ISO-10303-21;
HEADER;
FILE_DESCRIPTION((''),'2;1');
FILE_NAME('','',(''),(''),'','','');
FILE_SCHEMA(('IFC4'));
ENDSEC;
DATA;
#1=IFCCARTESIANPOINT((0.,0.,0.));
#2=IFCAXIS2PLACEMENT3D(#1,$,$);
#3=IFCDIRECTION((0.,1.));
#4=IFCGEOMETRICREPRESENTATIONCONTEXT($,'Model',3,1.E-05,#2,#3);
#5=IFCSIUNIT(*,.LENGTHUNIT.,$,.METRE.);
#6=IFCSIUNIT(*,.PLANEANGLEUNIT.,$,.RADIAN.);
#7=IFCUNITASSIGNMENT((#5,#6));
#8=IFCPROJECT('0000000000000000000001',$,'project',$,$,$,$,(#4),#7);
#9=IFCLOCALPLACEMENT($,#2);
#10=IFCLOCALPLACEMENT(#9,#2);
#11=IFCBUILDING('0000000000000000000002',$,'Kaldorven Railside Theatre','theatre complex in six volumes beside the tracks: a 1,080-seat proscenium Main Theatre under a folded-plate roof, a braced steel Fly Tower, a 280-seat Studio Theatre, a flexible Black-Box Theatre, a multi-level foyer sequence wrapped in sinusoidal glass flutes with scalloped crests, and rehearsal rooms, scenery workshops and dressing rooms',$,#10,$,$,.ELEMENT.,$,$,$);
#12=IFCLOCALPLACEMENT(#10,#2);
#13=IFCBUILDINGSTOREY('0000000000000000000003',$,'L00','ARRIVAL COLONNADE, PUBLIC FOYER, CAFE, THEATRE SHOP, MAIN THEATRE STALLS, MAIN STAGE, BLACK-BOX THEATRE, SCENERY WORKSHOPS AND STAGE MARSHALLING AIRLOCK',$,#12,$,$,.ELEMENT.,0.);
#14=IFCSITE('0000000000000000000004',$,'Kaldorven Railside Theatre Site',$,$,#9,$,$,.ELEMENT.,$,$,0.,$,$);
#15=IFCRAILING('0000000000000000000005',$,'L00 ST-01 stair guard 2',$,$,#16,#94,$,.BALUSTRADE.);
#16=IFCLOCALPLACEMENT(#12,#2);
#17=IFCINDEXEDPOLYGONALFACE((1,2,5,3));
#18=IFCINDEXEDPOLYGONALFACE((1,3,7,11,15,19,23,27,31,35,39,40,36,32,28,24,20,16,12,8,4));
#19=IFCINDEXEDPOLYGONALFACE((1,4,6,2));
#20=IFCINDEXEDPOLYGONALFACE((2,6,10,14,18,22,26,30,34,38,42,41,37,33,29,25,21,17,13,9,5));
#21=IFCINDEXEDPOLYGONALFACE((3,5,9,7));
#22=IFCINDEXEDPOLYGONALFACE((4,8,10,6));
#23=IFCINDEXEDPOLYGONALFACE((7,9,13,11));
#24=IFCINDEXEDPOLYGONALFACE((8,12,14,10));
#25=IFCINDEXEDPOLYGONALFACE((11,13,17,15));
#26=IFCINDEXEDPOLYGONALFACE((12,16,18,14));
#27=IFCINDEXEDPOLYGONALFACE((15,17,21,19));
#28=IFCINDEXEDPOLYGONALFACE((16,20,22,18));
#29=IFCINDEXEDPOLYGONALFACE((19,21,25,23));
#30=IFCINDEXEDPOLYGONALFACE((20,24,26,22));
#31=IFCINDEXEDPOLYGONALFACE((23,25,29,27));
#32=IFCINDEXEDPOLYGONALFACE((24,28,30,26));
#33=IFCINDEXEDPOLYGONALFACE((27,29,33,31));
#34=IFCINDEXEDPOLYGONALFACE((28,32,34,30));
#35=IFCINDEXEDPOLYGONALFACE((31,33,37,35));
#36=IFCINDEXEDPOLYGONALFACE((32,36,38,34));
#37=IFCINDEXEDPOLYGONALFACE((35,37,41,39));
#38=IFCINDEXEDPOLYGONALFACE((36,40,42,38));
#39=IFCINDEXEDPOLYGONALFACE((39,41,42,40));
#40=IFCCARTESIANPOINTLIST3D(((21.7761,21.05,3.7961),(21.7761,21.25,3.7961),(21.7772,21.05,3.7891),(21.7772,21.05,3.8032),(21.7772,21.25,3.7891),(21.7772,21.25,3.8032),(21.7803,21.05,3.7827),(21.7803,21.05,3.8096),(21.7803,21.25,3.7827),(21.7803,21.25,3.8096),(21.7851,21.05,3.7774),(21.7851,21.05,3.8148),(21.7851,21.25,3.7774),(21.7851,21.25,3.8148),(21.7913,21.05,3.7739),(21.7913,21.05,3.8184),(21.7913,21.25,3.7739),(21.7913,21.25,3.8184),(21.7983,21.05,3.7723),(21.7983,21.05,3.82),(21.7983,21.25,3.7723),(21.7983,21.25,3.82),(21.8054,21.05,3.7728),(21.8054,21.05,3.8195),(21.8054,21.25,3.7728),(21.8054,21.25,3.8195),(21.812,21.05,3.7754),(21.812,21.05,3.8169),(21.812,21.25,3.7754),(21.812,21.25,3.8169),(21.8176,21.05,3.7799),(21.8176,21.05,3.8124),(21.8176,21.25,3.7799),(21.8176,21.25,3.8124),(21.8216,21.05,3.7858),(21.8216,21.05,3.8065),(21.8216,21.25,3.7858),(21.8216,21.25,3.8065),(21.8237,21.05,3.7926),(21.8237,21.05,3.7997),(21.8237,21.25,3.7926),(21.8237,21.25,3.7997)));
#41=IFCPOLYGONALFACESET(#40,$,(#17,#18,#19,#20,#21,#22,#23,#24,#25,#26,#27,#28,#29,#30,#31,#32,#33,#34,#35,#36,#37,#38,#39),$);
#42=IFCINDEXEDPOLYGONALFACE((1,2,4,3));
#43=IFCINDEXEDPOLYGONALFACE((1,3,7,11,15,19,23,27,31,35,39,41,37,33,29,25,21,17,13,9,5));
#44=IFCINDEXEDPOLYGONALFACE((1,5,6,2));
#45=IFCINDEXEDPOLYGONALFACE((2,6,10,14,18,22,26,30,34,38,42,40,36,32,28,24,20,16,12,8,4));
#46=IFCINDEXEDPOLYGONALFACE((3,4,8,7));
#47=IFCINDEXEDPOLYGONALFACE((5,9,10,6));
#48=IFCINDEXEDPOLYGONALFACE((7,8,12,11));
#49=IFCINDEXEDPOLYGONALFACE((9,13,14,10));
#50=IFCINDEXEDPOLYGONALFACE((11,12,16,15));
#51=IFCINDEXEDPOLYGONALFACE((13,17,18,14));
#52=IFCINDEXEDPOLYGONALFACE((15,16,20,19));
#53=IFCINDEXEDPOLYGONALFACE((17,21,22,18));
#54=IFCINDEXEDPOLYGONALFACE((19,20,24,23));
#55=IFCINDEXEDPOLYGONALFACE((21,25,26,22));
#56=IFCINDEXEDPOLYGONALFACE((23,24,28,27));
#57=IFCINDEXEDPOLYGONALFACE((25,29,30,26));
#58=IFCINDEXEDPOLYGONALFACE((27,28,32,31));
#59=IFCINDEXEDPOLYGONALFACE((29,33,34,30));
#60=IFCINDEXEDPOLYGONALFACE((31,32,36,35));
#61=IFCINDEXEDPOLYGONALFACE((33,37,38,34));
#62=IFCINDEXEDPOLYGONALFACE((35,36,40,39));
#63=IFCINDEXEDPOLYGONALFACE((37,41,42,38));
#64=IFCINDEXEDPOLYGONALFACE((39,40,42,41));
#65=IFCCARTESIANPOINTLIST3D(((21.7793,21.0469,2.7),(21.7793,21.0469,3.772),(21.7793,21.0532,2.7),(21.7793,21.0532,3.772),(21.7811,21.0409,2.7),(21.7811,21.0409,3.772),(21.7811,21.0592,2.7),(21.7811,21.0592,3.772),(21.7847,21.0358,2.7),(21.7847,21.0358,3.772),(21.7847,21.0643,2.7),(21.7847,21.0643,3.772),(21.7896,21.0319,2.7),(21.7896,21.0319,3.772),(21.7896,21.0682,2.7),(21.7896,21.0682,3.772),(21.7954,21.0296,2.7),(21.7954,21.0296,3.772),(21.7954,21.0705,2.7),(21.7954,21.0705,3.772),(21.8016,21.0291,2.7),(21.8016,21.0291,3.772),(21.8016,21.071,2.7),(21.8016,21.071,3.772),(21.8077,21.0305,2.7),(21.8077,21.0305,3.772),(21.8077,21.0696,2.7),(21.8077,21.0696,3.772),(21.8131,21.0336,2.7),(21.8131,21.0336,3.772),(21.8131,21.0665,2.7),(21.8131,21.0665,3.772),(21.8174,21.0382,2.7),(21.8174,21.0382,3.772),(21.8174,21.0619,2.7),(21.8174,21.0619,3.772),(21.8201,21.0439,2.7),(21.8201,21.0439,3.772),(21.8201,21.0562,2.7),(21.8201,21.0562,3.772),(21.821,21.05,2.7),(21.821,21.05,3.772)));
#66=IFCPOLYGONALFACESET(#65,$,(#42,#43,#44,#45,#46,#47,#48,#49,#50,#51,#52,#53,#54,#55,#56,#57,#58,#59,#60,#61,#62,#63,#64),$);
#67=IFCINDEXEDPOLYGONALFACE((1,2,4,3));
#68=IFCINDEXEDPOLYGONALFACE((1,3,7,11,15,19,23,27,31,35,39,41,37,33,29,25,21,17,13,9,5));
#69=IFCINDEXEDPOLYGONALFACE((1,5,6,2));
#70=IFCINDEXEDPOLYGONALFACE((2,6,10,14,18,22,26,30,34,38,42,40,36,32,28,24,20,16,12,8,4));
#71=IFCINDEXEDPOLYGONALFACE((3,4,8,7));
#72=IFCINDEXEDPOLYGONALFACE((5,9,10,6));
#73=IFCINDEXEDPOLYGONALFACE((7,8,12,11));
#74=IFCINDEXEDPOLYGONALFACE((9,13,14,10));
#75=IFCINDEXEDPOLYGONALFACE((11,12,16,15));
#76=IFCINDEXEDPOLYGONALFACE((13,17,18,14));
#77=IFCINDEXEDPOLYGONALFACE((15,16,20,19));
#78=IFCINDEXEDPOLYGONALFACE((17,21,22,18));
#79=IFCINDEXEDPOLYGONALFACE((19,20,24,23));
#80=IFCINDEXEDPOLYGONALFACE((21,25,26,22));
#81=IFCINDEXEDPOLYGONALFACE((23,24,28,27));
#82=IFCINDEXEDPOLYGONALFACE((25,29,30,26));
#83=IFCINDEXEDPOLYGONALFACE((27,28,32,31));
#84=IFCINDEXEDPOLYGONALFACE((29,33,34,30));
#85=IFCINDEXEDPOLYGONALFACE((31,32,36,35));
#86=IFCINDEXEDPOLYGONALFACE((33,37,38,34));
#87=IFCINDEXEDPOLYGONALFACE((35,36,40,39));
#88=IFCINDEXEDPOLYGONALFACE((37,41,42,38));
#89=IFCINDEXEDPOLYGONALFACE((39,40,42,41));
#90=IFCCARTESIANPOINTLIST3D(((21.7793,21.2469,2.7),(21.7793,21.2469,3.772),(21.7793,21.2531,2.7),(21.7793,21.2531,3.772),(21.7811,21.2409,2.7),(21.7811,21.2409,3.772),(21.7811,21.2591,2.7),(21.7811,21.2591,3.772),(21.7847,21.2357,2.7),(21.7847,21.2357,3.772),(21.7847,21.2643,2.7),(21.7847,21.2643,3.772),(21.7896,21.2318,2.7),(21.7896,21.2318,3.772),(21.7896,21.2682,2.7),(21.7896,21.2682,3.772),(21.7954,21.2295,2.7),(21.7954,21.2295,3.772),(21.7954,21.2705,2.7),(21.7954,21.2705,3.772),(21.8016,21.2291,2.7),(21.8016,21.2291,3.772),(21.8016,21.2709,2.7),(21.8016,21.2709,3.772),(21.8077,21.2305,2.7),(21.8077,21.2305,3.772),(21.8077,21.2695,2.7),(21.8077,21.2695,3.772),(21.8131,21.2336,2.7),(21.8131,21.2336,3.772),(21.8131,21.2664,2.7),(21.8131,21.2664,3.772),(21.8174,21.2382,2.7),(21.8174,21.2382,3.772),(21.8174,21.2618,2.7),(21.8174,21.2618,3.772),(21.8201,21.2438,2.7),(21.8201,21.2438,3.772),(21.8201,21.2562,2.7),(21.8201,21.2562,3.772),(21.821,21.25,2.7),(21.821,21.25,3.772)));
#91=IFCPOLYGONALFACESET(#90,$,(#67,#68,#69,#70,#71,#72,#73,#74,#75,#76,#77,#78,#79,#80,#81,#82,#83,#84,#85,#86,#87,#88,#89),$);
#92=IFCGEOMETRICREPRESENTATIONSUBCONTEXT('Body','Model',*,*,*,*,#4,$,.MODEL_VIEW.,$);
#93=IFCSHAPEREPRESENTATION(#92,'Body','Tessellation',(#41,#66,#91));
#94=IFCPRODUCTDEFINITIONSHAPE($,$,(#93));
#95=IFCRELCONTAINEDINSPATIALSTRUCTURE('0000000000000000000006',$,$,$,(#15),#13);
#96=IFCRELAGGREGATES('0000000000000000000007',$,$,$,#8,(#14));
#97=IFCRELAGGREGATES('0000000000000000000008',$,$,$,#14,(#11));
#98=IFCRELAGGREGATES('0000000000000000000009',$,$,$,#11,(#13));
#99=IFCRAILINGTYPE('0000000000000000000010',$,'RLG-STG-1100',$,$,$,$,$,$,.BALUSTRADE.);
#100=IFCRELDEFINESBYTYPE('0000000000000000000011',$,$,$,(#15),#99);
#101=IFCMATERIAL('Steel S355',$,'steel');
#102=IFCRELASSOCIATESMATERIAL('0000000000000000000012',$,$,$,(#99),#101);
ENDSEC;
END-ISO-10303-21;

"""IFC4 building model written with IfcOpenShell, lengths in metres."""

from ifc_helpers import new_model, si_unit, direction, frame, origin, origin_2d, place, context, subcontext, project, spatial, circle, extrude, material, type_object, element, save


model = new_model("IFC4")

# Units and contexts
model_context = context("Model", 3, precision=1e-05, world=origin(), true_north=direction((0.0, 1.0)))
body_context = subcontext(model_context, "Body", "Model", "MODEL_VIEW")
ifc_project = project(units=[si_unit("LENGTHUNIT", "METRE"), si_unit("PLANEANGLEUNIT", "RADIAN")], contexts=[model_context])

# Site, building, storey
site_placement = place(None, origin())
site = spatial("IfcSite", under=ifc_project, at=site_placement, Name="Kaldorven Railside Theatre Site", CompositionType="ELEMENT", RefElevation=0.0)
building_placement = place(site_placement, origin())
building = spatial("IfcBuilding", under=site, at=building_placement, Name="Kaldorven Railside Theatre", Description="theatre complex in six volumes beside the tracks: a 1,080-seat proscenium Main Theatre under a folded-plate roof, a braced steel Fly Tower, a 280-seat Studio Theatre, a flexible Black-Box Theatre, a multi-level foyer sequence wrapped in sinusoidal glass flutes with scalloped crests, and rehearsal rooms, scenery workshops and dressing rooms", CompositionType="ELEMENT")
storey_placement = place(building_placement, origin())
storey = spatial("IfcBuildingStorey", under=building, at=storey_placement, Name="L00", Description="ARRIVAL COLONNADE, PUBLIC FOYER, CAFE, THEATRE SHOP, MAIN THEATRE STALLS, MAIN STAGE, BLACK-BOX THEATRE, SCENERY WORKSHOPS AND STAGE MARSHALLING AIRLOCK", CompositionType="ELEMENT", Elevation=0.0)

# Shared definitions
ifc_material_1 = material(Name="Steel S355", Category="steel")

# Railing
railing_type_1 = type_object("IfcRailingType", Name="RLG-STG-1100", PredefinedType="BALUSTRADE", material=ifc_material_1)
railing_1_placement = place(storey_placement, frame((21.8, 21.05, 2.7)))
element("IfcRailing", 1, at=railing_1_placement, inside=storey, type_object=railing_type_1, Name="L00 ST-01 stair guard 2", PredefinedType="BALUSTRADE", context=body_context, shape_type="SweptSolid", body=[
    extrude(circle(Radius=0.0239, at=origin_2d()), frame((0.0, 0.0, 1.0962), z_axis=(0.0, 1.0, 0.0), x_axis=(-1.0, 0.0, 0.0)), (0.0, 0.0, 1.0), 0.2),
    extrude(circle(Radius=0.021, at=origin_2d()), origin(), (0.0, 0.0, 1.0), 1.072),
    extrude(circle(Radius=0.021, at=origin_2d()), frame((0.0, 0.2, 0.0)), (0.0, 0.0, 1.0), 1.072),
])

save(model, "model.ifc")
